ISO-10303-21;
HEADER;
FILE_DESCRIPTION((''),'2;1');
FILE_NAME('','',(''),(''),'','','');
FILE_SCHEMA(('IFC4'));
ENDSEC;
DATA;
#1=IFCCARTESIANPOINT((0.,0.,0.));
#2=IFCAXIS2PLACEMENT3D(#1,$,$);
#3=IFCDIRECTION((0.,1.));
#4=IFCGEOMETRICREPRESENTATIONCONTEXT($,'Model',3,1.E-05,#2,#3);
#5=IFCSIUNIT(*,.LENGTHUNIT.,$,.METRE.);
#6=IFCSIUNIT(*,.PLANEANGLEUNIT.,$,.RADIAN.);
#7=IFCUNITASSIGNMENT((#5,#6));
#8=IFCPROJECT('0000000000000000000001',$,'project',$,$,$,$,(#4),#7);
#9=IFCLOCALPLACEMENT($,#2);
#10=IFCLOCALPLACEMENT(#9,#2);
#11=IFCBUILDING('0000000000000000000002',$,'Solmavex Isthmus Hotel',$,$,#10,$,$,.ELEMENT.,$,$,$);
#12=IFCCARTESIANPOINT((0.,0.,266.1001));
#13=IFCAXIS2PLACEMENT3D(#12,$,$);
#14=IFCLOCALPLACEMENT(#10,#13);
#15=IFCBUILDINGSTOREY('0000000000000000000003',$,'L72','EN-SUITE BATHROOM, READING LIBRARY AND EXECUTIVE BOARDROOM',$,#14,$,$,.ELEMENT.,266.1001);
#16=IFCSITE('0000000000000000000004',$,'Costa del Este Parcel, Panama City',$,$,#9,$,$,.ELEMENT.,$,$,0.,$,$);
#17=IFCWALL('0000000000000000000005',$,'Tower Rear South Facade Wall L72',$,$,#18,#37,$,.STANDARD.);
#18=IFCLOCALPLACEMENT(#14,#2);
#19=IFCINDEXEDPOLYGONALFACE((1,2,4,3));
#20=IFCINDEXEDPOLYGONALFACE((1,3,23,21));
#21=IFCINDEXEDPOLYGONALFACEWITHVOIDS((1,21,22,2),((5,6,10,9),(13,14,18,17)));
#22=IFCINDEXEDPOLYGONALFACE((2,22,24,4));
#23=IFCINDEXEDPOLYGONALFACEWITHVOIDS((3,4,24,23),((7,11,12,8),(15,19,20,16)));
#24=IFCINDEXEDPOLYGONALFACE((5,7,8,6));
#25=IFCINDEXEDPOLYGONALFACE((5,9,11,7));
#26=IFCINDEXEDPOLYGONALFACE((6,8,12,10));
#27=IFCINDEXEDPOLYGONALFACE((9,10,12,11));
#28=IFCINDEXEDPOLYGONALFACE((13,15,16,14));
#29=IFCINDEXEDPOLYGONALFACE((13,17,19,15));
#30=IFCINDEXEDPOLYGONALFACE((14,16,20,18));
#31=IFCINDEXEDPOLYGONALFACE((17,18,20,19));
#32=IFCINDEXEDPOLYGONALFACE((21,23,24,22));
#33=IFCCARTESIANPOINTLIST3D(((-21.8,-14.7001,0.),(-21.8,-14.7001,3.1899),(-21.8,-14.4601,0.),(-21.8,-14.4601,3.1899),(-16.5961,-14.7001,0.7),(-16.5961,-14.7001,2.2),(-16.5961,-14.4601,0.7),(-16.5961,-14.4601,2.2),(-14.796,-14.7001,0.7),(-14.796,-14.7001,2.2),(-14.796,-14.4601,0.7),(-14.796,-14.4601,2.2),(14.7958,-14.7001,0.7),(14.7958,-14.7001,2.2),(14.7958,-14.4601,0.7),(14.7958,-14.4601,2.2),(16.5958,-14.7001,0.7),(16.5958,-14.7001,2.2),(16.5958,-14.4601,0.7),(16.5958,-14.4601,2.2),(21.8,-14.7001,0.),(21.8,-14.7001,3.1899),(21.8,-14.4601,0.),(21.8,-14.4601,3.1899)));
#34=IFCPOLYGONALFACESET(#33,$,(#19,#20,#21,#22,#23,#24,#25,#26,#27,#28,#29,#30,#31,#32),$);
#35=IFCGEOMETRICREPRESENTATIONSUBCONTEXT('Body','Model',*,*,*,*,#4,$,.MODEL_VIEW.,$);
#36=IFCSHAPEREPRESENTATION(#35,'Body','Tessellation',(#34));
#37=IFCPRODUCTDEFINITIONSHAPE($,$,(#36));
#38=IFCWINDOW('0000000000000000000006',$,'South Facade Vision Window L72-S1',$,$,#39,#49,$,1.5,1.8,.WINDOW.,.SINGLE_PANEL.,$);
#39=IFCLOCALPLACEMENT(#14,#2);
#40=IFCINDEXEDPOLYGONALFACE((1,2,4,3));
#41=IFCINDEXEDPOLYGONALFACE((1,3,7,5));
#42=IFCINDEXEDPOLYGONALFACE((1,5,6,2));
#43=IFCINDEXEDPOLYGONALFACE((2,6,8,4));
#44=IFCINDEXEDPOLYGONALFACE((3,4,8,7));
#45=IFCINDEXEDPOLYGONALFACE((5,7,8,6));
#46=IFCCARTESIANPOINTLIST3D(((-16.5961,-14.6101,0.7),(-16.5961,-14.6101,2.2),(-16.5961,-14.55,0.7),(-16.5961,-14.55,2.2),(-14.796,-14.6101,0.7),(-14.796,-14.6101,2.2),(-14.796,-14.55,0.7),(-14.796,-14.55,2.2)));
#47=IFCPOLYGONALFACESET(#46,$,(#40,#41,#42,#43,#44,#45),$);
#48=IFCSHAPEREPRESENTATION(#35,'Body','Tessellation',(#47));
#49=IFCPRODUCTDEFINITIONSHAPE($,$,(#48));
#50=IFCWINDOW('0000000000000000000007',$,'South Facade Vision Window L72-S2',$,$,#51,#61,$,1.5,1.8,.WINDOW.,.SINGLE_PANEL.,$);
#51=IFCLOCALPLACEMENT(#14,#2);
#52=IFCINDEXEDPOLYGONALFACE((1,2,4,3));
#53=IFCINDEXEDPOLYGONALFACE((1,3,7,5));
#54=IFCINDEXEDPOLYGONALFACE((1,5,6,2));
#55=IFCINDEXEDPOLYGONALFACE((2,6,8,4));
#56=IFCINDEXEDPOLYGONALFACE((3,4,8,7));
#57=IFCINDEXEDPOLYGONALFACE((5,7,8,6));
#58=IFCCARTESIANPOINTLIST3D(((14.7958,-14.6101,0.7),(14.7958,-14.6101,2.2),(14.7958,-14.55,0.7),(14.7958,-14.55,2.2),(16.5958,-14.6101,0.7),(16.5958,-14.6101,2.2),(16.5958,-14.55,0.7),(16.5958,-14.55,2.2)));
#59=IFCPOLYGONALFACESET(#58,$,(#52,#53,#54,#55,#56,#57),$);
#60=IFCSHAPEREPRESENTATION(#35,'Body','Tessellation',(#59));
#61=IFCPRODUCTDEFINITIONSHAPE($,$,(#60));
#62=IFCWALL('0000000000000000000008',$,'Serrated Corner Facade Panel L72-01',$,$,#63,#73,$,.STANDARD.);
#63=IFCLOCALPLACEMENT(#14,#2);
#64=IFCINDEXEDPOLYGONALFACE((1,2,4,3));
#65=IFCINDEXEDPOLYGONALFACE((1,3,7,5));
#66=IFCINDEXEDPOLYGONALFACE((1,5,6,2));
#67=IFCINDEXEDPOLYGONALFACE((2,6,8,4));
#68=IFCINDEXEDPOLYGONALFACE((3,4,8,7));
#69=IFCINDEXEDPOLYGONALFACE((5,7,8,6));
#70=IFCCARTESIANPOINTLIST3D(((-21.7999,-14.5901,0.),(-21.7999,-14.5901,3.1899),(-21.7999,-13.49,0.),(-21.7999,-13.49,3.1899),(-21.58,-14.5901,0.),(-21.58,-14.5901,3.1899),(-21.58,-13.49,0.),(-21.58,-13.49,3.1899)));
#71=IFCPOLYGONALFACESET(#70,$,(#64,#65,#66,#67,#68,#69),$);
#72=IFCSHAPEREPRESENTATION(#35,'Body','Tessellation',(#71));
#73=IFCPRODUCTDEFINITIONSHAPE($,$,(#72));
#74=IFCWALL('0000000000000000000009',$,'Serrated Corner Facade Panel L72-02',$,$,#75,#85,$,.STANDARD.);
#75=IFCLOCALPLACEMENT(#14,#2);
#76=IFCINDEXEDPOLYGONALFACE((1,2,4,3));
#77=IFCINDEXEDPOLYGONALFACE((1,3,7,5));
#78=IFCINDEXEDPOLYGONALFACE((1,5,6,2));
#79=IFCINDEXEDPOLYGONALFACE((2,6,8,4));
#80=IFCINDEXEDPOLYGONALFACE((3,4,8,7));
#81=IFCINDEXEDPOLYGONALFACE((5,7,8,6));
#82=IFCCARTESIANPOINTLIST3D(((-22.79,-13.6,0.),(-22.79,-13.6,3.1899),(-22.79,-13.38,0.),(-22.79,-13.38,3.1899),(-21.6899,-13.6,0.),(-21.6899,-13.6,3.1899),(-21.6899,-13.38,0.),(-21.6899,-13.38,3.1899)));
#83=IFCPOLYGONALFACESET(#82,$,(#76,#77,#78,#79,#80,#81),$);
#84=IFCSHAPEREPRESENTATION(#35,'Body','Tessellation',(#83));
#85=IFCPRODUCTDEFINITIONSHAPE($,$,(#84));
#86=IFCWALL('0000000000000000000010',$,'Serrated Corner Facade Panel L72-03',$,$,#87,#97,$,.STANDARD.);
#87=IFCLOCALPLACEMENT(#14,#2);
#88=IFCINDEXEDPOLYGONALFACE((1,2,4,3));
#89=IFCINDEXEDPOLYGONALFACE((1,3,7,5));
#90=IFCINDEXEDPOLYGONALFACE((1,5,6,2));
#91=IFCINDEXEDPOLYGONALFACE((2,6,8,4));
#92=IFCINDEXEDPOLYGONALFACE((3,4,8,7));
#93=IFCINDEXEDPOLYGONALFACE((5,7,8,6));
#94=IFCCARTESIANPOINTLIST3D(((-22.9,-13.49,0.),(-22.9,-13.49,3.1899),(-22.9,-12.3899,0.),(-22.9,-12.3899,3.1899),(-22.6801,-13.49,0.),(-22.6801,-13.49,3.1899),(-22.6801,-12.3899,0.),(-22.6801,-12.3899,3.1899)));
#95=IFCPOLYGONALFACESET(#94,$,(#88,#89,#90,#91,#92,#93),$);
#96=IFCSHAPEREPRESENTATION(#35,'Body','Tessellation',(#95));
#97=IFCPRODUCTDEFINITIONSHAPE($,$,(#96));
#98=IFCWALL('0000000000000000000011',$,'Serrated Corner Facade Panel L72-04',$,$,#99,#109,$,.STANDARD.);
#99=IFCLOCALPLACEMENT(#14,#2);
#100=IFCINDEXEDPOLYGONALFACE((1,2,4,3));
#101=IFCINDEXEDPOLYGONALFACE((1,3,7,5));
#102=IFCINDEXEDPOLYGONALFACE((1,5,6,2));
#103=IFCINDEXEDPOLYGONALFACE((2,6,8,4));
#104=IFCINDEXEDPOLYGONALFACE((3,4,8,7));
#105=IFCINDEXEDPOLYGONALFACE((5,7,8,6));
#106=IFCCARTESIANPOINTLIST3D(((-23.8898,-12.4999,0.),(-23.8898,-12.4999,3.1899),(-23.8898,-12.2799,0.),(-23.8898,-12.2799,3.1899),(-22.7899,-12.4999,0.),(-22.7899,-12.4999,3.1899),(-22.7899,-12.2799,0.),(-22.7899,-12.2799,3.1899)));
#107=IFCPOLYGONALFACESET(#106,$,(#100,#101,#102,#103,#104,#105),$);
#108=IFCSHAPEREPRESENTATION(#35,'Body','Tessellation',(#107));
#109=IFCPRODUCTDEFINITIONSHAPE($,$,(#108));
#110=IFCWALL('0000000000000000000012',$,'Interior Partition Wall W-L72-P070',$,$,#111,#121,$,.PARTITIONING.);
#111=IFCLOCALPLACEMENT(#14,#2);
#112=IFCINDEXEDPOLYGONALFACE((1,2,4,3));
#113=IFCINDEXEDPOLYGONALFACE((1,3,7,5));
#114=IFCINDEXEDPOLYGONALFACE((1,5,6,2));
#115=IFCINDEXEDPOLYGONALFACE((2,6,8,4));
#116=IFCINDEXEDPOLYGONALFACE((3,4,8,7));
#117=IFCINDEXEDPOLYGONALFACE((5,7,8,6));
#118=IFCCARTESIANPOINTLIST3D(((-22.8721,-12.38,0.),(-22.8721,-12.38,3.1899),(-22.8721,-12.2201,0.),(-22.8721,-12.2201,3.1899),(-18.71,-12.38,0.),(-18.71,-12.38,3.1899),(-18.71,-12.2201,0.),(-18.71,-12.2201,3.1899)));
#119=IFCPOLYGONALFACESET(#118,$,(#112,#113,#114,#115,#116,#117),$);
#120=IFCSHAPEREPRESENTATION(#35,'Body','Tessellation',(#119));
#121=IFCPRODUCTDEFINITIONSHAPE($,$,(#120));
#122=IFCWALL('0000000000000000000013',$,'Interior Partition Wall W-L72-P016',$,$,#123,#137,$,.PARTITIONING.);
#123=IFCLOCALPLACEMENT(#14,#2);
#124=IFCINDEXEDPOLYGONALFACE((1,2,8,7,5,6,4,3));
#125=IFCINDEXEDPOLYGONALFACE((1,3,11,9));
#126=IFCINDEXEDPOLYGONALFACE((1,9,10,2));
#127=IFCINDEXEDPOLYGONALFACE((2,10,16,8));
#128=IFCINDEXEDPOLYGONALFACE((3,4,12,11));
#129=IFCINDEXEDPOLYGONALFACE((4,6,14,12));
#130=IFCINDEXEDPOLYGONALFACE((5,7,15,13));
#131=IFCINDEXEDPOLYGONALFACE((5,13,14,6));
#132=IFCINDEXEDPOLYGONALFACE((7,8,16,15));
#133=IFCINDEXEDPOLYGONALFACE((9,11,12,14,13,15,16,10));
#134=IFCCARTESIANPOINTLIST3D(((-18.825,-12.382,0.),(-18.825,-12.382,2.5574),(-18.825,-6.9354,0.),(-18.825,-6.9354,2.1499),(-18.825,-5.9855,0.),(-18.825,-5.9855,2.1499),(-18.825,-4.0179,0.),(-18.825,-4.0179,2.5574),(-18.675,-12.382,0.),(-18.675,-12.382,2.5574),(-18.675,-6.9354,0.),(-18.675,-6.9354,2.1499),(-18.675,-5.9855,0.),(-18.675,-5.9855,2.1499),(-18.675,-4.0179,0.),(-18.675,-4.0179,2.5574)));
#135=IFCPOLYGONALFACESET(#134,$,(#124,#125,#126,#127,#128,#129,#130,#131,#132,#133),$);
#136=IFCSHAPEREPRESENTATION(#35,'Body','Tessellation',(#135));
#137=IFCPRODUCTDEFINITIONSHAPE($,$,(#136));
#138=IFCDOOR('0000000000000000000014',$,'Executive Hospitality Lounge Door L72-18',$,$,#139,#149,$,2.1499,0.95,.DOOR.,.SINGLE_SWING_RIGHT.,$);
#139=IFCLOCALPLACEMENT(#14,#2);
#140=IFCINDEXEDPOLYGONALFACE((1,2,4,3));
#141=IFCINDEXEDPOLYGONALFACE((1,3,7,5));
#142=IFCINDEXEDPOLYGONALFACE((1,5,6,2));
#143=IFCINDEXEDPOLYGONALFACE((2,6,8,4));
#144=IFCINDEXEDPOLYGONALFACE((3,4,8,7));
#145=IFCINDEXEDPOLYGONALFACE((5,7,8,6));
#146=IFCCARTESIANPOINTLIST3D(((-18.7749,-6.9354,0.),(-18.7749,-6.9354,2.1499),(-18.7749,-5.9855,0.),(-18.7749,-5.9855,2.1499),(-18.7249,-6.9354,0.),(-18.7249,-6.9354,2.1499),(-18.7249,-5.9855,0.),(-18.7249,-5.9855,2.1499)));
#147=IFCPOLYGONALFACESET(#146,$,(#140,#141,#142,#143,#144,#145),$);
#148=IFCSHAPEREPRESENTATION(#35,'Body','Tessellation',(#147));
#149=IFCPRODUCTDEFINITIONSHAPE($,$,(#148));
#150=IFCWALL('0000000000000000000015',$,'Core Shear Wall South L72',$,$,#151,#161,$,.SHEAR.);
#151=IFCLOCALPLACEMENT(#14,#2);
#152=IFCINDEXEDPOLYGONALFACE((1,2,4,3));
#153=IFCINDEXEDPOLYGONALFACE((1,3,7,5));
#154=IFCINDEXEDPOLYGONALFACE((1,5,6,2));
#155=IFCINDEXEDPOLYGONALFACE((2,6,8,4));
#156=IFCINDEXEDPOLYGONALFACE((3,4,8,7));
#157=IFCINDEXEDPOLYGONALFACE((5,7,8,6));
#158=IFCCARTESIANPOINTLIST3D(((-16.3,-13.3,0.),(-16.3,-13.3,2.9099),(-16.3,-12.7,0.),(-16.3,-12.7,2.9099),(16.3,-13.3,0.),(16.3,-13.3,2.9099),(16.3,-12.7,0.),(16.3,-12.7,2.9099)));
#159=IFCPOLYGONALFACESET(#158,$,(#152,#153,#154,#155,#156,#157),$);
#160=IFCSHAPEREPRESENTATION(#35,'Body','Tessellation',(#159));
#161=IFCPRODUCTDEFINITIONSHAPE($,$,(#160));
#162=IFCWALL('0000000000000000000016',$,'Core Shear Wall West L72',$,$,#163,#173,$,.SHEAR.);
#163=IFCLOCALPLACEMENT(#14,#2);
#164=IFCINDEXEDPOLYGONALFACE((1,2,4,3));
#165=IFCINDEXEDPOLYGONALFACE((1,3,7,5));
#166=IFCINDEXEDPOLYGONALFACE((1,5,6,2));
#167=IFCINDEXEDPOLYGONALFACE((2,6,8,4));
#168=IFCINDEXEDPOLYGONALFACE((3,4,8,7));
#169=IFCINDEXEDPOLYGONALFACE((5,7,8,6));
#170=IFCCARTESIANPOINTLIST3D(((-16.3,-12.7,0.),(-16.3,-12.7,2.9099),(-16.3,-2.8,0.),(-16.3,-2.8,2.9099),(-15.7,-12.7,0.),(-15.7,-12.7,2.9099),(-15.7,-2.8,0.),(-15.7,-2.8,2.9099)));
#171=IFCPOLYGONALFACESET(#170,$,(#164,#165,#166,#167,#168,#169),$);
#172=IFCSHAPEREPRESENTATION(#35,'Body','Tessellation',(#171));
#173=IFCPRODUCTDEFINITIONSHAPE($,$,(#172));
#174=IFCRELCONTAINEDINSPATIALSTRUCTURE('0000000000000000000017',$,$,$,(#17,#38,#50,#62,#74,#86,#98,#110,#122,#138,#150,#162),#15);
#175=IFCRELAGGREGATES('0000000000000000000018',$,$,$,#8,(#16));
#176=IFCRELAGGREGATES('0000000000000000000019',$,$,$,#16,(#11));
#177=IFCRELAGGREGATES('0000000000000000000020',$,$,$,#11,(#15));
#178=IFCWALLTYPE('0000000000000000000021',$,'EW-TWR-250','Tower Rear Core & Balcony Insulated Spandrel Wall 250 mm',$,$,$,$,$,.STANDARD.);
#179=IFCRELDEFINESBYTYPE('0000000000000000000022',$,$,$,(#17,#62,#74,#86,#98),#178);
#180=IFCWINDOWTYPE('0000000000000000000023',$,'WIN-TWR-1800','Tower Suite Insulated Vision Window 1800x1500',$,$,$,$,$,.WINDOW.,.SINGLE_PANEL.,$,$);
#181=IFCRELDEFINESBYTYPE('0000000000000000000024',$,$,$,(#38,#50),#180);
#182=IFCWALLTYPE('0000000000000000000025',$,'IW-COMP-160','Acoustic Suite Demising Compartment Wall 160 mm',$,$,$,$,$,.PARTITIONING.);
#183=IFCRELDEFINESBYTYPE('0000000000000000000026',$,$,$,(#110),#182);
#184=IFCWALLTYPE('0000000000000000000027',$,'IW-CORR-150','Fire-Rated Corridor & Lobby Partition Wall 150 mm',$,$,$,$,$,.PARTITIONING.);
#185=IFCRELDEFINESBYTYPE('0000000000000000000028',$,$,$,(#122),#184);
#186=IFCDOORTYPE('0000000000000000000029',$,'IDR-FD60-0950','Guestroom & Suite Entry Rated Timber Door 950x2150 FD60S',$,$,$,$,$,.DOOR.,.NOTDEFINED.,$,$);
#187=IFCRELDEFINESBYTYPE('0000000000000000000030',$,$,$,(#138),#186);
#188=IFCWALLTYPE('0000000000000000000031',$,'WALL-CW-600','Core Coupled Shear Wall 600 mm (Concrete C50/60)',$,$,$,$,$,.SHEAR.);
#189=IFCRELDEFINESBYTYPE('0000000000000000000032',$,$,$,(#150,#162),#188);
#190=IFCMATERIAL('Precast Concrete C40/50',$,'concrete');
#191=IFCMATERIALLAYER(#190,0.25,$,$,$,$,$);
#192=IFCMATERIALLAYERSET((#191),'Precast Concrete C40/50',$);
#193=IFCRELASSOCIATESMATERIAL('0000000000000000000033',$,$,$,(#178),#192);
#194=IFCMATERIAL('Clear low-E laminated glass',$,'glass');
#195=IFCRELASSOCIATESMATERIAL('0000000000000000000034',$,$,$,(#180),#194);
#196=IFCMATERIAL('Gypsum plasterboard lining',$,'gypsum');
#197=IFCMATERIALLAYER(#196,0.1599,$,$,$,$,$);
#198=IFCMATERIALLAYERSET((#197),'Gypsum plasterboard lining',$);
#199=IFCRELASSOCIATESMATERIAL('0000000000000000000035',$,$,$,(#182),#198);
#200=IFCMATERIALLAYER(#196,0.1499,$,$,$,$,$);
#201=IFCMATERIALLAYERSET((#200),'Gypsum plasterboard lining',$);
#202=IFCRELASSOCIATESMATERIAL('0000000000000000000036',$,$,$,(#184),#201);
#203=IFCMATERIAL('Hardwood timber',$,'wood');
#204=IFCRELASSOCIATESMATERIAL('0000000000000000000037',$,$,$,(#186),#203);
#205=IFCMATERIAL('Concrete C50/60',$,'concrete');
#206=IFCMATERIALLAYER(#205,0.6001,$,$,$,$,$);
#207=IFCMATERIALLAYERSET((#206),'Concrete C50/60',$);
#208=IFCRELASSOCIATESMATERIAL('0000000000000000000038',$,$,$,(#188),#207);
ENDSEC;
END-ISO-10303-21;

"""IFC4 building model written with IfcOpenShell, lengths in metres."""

from ifc_helpers import new_model, si_unit, direction, frame, frame_2d, origin, place, context, subcontext, project, spatial, rectangle, extrude, material, layer, layer_set, type_object, element, fill, save


model = new_model("IFC4")

# Units and contexts
model_context = context("Model", 3, precision=1e-05, world=origin(), true_north=direction((0.0, 1.0)))
body_context = subcontext(model_context, "Body", "Model", "MODEL_VIEW")
ifc_project = project(units=[si_unit("LENGTHUNIT", "METRE"), si_unit("PLANEANGLEUNIT", "RADIAN")], contexts=[model_context])

# Site, building, storey
site_placement = place(None, origin())
site = spatial("IfcSite", under=ifc_project, at=site_placement, Name="Costa del Este Parcel, Panama City", CompositionType="ELEMENT", RefElevation=0.0)
building_placement = place(site_placement, origin())
building = spatial("IfcBuilding", under=site, at=building_placement, Name="Solmavex Isthmus Hotel", CompositionType="ELEMENT")
storey_placement = place(building_placement, frame((0.0, 0.0, 266.1001)))
storey = spatial("IfcBuildingStorey", under=building, at=storey_placement, Name="L72", Description="EN-SUITE BATHROOM, READING LIBRARY AND EXECUTIVE BOARDROOM", CompositionType="ELEMENT", Elevation=266.1001)

# Shared definitions
ifc_material_1 = material(Name="Concrete C50/60", Category="concrete")

# Shared definitions
ifc_material_2 = material(Name="Clear low-E laminated glass", Category="glass")

# Wall, openings, windows
ifc_material_3 = material(Name="Precast Concrete C40/50", Category="concrete")
ifc_layer_1 = layer(ifc_material_3, 0.25)
ifc_layer_set_1 = layer_set([ifc_layer_1], Name="Precast Concrete C40/50")
wall_type_1 = type_object("IfcWallType", Name="EW-TWR-250", Description="Tower Rear Core & Balcony Insulated Spandrel Wall 250 mm", PredefinedType="STANDARD", material=ifc_layer_set_1)
wall_1_placement = place(storey_placement, frame((-21.8, -14.5801, 0.0), z_axis=(0.0, 0.0, 1.0), x_axis=(1.0, 0.0, 0.0)))
wall_1 = element("IfcWall", 1, at=wall_1_placement, inside=storey, type_object=wall_type_1, Name="Tower Rear South Facade Wall L72", PredefinedType="STANDARD", context=body_context, shape_type="SweptSolid", body=[
    extrude(rectangle(XDim=43.6001, YDim=0.24, at=frame_2d((21.8, 0.0))), origin(), (0.0, 0.0, 1.0), 3.1899),
])
opening_1_placement = place(wall_1_placement, frame((5.2041, 0.0, 0.7)))
opening_1 = element("IfcOpeningElement", 2, at=opening_1_placement, cuts=wall_1, PredefinedType="OPENING", context=body_context, shape_type="SweptSolid", body=[
    extrude(rectangle(XDim=1.8, YDim=1.5, at=frame_2d((0.8999, 0.75))), frame((0.0, 0.1299, 0.0), z_axis=(0.0, -1.0, 0.0), x_axis=(1.0, 0.0, 0.0)), (0.0, 0.0, 1.0), 0.26),
])
opening_2_placement = place(wall_1_placement, frame((36.5959, 0.0, 0.7)))
opening_2 = element("IfcOpeningElement", 3, at=opening_2_placement, cuts=wall_1, PredefinedType="OPENING", context=body_context, shape_type="SweptSolid", body=[
    extrude(rectangle(XDim=1.8, YDim=1.5, at=frame_2d((0.8999, 0.75))), frame((0.0, 0.1299, 0.0), z_axis=(0.0, -1.0, 0.0), x_axis=(1.0, 0.0, 0.0)), (0.0, 0.0, 1.0), 0.26),
])
window_type = type_object("IfcWindowType", Name="WIN-TWR-1800", Description="Tower Suite Insulated Vision Window 1800x1500", PartitioningType="SINGLE_PANEL", PredefinedType="WINDOW", material=ifc_material_2)
window_1_placement = place(opening_1_placement, origin())
window_1 = element("IfcWindow", 4, at=window_1_placement, inside=storey, type_object=window_type, Name="South Facade Vision Window L72-S1", OverallHeight=1.5, OverallWidth=1.8, PartitioningType="SINGLE_PANEL", PredefinedType="WINDOW", context=body_context, shape_type="SweptSolid", body=[
    extrude(rectangle(XDim=1.8, YDim=1.5, at=frame_2d((0.8999, 0.75))), frame((0.0, 0.03, 0.0), z_axis=(0.0, -1.0, 0.0), x_axis=(1.0, 0.0, 0.0)), (0.0, 0.0, 1.0), 0.0601),
])
fill(opening_1, window_1)
window_2_placement = place(opening_2_placement, origin())
window_2 = element("IfcWindow", 5, at=window_2_placement, inside=storey, type_object=window_type, Name="South Facade Vision Window L72-S2", OverallHeight=1.5, OverallWidth=1.8, PartitioningType="SINGLE_PANEL", PredefinedType="WINDOW", context=body_context, shape_type="SweptSolid", body=[
    extrude(rectangle(XDim=1.8, YDim=1.5, at=frame_2d((0.8999, 0.75))), frame((0.0, 0.03, 0.0), z_axis=(0.0, -1.0, 0.0), x_axis=(1.0, 0.0, 0.0)), (0.0, 0.0, 1.0), 0.0601),
])
fill(opening_2, window_2)

# Walls
for number, where, z_axis, x_axis, name in (
    (6, (-21.6899, -14.5901, 0.0), (0.0, 0.0, 1.0), (0.0, 1.0, 0.0), "Serrated Corner Facade Panel L72-01"),
    (7, (-21.6899, -13.49, 0.0), (0.0, 0.0, 1.0), (-1.0, 0.0, 0.0), "Serrated Corner Facade Panel L72-02"),
    (8, (-22.79, -13.49, 0.0), (0.0, 0.0, 1.0), (0.0, 1.0, 0.0), "Serrated Corner Facade Panel L72-03"),
):
    element("IfcWall", number, at=place(storey_placement, frame(where, z_axis=z_axis, x_axis=x_axis)), inside=storey, type_object=wall_type_1, Name=name, PredefinedType="STANDARD", context=body_context, shape_type="SweptSolid", body=[
        extrude(rectangle(XDim=1.1001, YDim=0.22, at=frame_2d((0.55, 0.0))), origin(), (0.0, 0.0, 1.0), 3.1899),
    ])
wall_2_placement = place(storey_placement, frame((-22.79, -12.3899, 0.0), z_axis=(0.0, 0.0, 1.0), x_axis=(-1.0, 0.0, 0.0)))
element("IfcWall", 9, at=wall_2_placement, inside=storey, type_object=wall_type_1, Name="Serrated Corner Facade Panel L72-04", PredefinedType="STANDARD", context=body_context, shape_type="SweptSolid", body=[
    extrude(rectangle(XDim=1.0999, YDim=0.22, at=frame_2d((0.5498, 0.0))), origin(), (0.0, 0.0, 1.0), 3.1899),
])
ifc_material_4 = material(Name="Gypsum plasterboard lining", Category="gypsum")
ifc_layer_2 = layer(ifc_material_4, 0.1599)
ifc_layer_set_2 = layer_set([ifc_layer_2], Name="Gypsum plasterboard lining")
wall_type_2 = type_object("IfcWallType", Name="IW-COMP-160", Description="Acoustic Suite Demising Compartment Wall 160 mm", PredefinedType="PARTITIONING", material=ifc_layer_set_2)
wall_3_placement = place(storey_placement, frame((-18.71, -12.3, 0.0), z_axis=(0.0, 0.0, 1.0), x_axis=(-1.0, 0.0, 0.0)))
element("IfcWall", 10, at=wall_3_placement, inside=storey, type_object=wall_type_2, Name="Interior Partition Wall W-L72-P070", PredefinedType="PARTITIONING", context=body_context, shape_type="SweptSolid", body=[
    extrude(rectangle(XDim=4.1621, YDim=0.1599, at=frame_2d((2.0811, 0.0))), origin(), (0.0, 0.0, 1.0), 3.1899),
])

# Wall, opening, door
ifc_layer_3 = layer(ifc_material_4, 0.1499)
ifc_layer_set_3 = layer_set([ifc_layer_3], Name="Gypsum plasterboard lining")
wall_type_3 = type_object("IfcWallType", Name="IW-CORR-150", Description="Fire-Rated Corridor & Lobby Partition Wall 150 mm", PredefinedType="PARTITIONING", material=ifc_layer_set_3)
wall_4_placement = place(storey_placement, frame((-18.75, -12.3821, 0.0), z_axis=(0.0, 0.0, 1.0), x_axis=(0.0, 1.0, 0.0)))
wall_4 = element("IfcWall", 11, at=wall_4_placement, inside=storey, type_object=wall_type_3, Name="Interior Partition Wall W-L72-P016", PredefinedType="PARTITIONING", context=body_context, shape_type="SweptSolid", body=[
    extrude(rectangle(XDim=8.364, YDim=0.1499, at=frame_2d((4.1821, 0.0))), origin(), (0.0, 0.0, 1.0), 2.5574),
])
opening_3_placement = place(wall_4_placement, frame((5.4465, 0.0, 0.0)))
opening_3 = element("IfcOpeningElement", 12, at=opening_3_placement, cuts=wall_4, PredefinedType="OPENING", context=body_context, shape_type="SweptSolid", body=[
    extrude(rectangle(XDim=0.95, YDim=2.1499, at=frame_2d((0.4751, 1.075))), frame((0.0, 0.085, 0.0), z_axis=(0.0, -1.0, 0.0), x_axis=(1.0, 0.0, 0.0)), (0.0, 0.0, 1.0), 0.1699),
])
ifc_material_5 = material(Name="Hardwood timber", Category="wood")
door_type = type_object("IfcDoorType", Name="IDR-FD60-0950", Description="Guestroom & Suite Entry Rated Timber Door 950x2150 FD60S", OperationType="NOTDEFINED", PredefinedType="DOOR", material=ifc_material_5)
door_1_placement = place(opening_3_placement, origin())
door_1 = element("IfcDoor", 13, at=door_1_placement, inside=storey, type_object=door_type, Name="Executive Hospitality Lounge Door L72-18", OperationType="SINGLE_SWING_RIGHT", OverallHeight=2.1499, OverallWidth=0.95, PredefinedType="DOOR", context=body_context, shape_type="SweptSolid", body=[
    extrude(rectangle(XDim=0.95, YDim=2.1499, at=frame_2d((0.4751, 1.075))), frame((0.0, 0.0249, 0.0), z_axis=(0.0, -1.0, 0.0), x_axis=(1.0, 0.0, 0.0)), (0.0, 0.0, 1.0), 0.05),
])
fill(opening_3, door_1)

# Walls
ifc_layer_4 = layer(ifc_material_1, 0.6001)
ifc_layer_set_4 = layer_set([ifc_layer_4], Name="Concrete C50/60")
wall_type_4 = type_object("IfcWallType", Name="WALL-CW-600", Description="Core Coupled Shear Wall 600 mm (Concrete C50/60)", PredefinedType="SHEAR", material=ifc_layer_set_4)
wall_5_placement = place(storey_placement, frame((-16.3, -13.0, 0.0), z_axis=(0.0, 0.0, 1.0), x_axis=(1.0, 0.0, 0.0)))
element("IfcWall", 14, at=wall_5_placement, inside=storey, type_object=wall_type_4, Name="Core Shear Wall South L72", PredefinedType="SHEAR", context=body_context, shape_type="SweptSolid", body=[
    extrude(rectangle(XDim=32.6001, YDim=0.6001, at=frame_2d((16.3, 0.0))), origin(), (0.0, 0.0, 1.0), 2.9099),
])
wall_6_placement = place(storey_placement, frame((-16.0, -12.7, 0.0), z_axis=(0.0, 0.0, 1.0), x_axis=(0.0, 1.0, 0.0)))
element("IfcWall", 15, at=wall_6_placement, inside=storey, type_object=wall_type_4, Name="Core Shear Wall West L72", PredefinedType="SHEAR", context=body_context, shape_type="SweptSolid", body=[
    extrude(rectangle(XDim=9.8999, YDim=0.6001, at=frame_2d((4.95, 0.0))), origin(), (0.0, 0.0, 1.0), 2.9099),
])

save(model, "model.ifc")
